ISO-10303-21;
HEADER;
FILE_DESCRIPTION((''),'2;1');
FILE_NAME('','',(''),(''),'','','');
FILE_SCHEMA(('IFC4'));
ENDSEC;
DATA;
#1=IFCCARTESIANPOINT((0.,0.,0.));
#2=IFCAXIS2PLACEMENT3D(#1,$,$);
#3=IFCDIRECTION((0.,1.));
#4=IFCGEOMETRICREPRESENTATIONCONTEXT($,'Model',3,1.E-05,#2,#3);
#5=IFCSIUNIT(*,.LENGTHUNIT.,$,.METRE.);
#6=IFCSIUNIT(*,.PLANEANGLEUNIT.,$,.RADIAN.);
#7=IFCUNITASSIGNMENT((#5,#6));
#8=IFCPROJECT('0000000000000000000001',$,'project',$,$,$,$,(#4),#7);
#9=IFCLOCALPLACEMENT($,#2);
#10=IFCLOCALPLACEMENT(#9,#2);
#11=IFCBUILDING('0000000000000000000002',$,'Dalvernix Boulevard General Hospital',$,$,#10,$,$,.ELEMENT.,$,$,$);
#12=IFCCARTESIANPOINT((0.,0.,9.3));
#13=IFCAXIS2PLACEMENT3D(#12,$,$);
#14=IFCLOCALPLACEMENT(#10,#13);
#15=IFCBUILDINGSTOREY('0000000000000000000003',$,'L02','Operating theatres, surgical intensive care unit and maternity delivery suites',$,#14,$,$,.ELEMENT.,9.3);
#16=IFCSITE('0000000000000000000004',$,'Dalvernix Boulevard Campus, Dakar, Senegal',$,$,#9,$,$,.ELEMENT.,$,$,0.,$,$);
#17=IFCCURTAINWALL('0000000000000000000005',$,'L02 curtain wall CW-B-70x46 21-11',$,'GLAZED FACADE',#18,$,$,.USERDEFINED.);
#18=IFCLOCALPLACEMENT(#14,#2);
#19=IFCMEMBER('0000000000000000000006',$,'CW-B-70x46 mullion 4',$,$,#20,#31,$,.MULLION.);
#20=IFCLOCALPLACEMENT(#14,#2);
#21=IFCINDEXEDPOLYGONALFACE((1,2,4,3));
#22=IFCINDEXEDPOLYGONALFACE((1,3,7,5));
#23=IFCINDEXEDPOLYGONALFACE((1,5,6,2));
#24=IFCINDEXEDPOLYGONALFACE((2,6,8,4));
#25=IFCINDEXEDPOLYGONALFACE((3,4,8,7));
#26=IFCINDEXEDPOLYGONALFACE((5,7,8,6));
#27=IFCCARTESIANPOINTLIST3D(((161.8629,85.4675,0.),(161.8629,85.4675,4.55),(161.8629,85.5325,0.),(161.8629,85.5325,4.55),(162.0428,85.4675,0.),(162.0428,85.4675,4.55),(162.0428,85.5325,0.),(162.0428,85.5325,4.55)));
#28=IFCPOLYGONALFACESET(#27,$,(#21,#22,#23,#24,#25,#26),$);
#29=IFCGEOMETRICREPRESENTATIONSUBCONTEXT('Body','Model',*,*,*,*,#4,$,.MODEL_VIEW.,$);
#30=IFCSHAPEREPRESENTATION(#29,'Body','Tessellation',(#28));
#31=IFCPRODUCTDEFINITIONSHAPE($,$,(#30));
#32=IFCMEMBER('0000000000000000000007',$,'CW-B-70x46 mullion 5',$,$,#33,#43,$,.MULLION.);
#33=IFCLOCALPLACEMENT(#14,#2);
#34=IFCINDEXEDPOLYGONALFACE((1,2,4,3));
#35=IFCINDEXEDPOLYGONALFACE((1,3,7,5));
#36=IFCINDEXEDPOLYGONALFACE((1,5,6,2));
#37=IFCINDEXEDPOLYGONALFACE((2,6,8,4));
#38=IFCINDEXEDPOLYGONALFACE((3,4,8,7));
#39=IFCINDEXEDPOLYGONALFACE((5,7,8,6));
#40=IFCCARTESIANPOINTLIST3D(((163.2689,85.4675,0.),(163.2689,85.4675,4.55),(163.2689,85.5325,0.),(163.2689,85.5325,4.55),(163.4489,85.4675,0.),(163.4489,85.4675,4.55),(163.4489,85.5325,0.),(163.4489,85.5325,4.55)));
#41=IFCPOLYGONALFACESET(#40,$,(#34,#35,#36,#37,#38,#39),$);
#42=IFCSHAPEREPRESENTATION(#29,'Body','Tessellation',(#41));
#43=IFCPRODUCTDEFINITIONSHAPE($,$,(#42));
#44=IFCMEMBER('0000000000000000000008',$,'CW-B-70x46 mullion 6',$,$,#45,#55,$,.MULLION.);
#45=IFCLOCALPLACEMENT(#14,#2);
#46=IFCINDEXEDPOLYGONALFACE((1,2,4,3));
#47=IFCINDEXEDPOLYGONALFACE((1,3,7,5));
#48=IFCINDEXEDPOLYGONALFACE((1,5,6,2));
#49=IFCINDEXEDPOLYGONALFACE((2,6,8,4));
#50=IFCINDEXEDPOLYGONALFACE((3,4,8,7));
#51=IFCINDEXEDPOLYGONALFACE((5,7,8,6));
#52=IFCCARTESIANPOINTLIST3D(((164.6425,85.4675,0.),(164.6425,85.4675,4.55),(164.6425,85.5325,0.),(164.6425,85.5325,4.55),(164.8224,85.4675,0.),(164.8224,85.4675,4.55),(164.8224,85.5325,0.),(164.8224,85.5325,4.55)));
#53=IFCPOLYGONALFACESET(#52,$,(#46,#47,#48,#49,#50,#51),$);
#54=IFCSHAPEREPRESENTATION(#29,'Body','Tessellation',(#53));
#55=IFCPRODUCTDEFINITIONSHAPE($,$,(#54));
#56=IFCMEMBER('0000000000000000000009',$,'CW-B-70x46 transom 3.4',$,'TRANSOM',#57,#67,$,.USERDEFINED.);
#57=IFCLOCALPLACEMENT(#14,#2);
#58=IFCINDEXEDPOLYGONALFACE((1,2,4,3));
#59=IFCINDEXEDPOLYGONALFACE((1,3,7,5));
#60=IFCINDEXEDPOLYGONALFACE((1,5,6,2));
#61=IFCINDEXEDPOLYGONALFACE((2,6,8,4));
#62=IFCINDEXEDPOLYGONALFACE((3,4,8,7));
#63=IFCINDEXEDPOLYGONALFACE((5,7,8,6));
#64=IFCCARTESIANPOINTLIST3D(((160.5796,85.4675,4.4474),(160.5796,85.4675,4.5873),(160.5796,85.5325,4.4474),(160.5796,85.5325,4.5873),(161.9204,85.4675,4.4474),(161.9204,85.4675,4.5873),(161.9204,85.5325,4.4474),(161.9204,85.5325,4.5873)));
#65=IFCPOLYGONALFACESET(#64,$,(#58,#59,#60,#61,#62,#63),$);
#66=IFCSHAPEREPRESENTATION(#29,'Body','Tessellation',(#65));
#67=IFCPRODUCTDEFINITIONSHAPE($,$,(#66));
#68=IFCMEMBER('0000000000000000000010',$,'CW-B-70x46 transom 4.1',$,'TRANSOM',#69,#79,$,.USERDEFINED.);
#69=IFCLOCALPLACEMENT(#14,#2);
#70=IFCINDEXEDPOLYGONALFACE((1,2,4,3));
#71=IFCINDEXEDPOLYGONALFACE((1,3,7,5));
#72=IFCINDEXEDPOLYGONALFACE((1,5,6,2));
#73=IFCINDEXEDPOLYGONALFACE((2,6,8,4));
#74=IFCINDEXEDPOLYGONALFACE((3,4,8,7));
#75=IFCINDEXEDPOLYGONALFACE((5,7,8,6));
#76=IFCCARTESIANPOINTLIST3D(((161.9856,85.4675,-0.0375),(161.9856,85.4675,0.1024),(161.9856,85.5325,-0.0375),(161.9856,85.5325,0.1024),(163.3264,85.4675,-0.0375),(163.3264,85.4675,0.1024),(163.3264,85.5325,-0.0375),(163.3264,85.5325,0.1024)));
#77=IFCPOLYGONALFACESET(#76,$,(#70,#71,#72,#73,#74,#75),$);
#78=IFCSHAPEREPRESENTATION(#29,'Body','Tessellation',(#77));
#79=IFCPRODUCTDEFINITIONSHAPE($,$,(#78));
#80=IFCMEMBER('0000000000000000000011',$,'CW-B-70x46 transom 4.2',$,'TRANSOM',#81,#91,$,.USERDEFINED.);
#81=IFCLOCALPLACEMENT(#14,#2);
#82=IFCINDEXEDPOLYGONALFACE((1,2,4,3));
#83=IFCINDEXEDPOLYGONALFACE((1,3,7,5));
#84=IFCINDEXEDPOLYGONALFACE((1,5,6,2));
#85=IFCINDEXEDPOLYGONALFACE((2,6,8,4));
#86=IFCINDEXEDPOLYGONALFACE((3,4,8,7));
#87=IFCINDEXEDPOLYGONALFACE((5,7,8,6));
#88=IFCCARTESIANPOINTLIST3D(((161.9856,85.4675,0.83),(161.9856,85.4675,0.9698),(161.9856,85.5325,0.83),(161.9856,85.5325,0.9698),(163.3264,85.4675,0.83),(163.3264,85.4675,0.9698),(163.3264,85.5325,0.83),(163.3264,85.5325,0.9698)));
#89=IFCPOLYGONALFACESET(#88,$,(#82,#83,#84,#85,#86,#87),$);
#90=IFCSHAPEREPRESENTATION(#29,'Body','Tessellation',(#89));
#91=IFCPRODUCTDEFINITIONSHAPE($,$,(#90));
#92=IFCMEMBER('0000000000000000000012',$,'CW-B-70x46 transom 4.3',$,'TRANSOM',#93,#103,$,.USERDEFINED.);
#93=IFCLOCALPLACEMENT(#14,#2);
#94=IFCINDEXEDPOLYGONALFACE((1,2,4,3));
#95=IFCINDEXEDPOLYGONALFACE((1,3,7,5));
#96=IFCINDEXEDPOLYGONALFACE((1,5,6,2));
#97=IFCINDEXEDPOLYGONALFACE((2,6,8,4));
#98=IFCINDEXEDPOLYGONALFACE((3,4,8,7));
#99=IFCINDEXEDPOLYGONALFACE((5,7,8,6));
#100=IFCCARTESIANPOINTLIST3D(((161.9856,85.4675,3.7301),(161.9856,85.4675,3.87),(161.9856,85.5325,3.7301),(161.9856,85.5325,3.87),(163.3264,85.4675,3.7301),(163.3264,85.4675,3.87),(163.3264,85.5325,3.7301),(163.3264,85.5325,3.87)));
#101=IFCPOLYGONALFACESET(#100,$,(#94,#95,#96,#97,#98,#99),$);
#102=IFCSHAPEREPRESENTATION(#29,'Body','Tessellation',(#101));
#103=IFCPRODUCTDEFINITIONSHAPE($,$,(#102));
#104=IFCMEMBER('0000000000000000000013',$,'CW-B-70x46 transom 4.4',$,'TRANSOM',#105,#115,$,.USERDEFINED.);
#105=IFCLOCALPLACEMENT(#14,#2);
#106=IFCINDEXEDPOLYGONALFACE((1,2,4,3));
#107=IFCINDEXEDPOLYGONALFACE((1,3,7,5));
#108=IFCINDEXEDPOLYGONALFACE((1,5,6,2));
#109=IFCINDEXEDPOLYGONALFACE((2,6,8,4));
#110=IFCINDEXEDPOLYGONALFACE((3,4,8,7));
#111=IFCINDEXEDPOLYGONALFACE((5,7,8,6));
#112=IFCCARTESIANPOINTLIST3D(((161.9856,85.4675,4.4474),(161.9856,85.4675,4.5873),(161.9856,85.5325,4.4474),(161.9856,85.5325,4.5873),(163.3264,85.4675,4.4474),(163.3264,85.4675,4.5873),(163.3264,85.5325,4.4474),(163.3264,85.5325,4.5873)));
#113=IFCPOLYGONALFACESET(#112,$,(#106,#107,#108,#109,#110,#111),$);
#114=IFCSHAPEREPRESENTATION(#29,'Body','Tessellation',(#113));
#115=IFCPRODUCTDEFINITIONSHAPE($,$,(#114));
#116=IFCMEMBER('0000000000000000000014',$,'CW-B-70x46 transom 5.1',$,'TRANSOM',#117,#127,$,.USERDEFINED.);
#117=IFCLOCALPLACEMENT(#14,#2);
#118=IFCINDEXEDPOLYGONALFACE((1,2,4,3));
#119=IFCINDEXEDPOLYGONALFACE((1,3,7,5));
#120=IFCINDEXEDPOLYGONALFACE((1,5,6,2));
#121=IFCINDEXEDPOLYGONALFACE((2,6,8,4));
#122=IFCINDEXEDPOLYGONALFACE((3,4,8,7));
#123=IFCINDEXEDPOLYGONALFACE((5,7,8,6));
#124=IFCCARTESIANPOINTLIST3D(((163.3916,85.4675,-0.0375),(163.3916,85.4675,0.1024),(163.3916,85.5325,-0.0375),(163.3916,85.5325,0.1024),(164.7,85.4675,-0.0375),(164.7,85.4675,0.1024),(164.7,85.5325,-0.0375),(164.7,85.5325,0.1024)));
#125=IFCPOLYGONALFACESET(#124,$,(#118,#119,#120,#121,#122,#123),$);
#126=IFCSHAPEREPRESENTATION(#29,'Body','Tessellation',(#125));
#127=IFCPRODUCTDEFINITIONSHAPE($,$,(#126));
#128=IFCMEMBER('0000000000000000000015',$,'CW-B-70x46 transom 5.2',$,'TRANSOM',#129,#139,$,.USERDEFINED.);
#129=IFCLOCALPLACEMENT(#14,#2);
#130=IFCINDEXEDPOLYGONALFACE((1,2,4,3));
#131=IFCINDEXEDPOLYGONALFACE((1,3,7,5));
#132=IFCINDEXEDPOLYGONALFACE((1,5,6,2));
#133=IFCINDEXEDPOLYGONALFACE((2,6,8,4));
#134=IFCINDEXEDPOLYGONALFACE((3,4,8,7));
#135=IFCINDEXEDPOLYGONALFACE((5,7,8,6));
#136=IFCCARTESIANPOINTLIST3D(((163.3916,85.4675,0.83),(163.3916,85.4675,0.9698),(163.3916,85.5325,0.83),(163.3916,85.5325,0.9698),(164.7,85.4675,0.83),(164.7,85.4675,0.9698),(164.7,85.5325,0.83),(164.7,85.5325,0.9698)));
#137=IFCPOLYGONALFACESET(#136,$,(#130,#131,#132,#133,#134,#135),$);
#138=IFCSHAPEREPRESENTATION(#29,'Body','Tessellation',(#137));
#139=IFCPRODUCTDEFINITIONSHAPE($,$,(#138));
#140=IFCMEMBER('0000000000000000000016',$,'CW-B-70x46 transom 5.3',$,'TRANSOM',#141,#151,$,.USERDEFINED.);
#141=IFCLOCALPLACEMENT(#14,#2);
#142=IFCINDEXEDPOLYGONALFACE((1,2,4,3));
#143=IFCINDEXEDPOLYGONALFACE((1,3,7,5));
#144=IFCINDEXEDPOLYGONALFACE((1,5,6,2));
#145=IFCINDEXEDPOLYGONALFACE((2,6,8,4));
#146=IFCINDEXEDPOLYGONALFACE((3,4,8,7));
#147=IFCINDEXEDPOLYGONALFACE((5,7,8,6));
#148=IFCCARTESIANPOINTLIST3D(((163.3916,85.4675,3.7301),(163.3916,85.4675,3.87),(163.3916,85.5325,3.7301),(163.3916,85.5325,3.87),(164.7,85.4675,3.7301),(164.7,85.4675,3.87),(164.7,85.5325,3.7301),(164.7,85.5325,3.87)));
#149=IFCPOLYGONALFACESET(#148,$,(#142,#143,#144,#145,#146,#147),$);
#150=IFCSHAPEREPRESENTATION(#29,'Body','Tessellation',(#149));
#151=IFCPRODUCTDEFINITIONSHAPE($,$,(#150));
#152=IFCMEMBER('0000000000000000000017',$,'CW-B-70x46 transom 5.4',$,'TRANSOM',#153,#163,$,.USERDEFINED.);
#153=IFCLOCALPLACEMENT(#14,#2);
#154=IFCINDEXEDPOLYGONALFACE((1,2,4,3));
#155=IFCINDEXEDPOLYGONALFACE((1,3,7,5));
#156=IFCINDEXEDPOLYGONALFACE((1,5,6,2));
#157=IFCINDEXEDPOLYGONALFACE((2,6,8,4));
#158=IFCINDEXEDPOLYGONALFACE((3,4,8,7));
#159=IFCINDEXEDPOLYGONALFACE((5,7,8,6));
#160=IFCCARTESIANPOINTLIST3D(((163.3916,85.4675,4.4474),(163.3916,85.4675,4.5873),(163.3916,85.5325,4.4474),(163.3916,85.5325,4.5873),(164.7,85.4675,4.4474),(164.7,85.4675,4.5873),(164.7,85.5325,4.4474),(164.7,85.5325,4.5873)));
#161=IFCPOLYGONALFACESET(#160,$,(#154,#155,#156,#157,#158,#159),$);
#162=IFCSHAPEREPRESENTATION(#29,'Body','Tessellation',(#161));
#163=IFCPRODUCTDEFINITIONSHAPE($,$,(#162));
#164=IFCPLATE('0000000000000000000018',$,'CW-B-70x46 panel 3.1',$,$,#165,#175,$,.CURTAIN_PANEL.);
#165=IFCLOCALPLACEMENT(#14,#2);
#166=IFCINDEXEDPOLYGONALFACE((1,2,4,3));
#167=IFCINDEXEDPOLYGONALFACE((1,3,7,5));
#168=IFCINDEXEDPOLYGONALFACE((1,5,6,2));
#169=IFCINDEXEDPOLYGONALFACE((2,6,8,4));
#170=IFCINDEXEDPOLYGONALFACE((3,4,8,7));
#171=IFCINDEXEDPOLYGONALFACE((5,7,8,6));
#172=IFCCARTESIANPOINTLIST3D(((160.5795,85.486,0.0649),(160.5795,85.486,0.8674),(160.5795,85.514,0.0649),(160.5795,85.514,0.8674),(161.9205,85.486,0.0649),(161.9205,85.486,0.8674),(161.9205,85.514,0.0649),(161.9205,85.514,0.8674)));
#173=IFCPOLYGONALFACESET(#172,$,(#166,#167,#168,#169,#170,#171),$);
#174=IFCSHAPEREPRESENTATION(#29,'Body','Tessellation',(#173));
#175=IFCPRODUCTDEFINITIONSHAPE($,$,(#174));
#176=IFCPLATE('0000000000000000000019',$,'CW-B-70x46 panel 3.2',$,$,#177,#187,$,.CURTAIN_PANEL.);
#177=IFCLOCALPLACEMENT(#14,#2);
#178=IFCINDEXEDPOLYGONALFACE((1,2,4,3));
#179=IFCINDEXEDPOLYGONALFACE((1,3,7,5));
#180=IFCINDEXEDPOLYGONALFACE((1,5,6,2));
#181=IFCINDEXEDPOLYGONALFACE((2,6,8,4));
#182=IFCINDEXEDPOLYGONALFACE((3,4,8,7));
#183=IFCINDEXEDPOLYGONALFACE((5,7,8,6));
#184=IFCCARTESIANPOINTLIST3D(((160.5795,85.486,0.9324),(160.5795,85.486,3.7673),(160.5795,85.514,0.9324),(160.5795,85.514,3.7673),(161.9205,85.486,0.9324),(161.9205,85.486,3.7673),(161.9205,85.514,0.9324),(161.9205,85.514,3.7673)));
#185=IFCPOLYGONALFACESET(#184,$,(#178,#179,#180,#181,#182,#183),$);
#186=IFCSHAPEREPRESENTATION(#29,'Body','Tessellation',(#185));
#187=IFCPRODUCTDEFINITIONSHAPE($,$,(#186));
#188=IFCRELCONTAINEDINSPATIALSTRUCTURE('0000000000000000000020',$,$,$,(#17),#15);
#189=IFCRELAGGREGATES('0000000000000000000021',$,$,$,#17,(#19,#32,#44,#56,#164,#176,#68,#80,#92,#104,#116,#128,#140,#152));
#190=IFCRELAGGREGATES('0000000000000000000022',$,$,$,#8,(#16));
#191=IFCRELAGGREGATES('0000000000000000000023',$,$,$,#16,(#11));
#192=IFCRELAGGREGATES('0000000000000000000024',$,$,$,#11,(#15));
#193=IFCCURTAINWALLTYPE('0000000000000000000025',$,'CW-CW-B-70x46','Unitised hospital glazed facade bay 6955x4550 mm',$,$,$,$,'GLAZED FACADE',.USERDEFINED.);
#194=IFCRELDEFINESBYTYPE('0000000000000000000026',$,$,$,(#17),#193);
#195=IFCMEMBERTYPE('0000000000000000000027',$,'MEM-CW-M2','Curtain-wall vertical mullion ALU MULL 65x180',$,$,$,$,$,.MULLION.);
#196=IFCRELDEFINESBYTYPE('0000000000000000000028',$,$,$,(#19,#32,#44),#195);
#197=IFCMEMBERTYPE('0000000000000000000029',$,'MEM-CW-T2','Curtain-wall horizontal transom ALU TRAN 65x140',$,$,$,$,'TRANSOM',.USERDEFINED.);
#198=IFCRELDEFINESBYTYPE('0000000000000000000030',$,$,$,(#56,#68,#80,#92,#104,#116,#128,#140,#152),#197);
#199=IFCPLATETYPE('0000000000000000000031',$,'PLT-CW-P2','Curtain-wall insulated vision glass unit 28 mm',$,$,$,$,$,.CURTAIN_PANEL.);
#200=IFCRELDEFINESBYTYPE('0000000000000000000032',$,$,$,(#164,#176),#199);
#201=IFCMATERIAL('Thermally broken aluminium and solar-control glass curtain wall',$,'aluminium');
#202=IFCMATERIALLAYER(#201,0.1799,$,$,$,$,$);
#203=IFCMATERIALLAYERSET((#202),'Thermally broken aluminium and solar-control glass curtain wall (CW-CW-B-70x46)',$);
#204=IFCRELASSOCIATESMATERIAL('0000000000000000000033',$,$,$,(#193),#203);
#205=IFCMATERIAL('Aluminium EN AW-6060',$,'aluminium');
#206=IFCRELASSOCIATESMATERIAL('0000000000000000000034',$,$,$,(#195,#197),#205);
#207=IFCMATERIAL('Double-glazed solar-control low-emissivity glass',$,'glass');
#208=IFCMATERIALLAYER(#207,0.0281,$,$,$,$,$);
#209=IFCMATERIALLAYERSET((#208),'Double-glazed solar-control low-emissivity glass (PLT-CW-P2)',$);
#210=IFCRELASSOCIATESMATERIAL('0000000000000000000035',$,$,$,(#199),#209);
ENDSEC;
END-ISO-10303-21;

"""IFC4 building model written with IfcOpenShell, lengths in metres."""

from ifc_helpers import new_model, si_unit, direction, frame, origin, origin_2d, place, context, subcontext, project, spatial, rectangle, extrude, material, layer, layer_set, material_profile, profile_set, type_object, element, aggregate, save


model = new_model("IFC4")

# Units and contexts
model_context = context("Model", 3, precision=1e-05, world=origin(), true_north=direction((0.0, 1.0)))
body_context = subcontext(model_context, "Body", "Model", "MODEL_VIEW")
ifc_project = project(units=[si_unit("LENGTHUNIT", "METRE"), si_unit("PLANEANGLEUNIT", "RADIAN")], contexts=[model_context])

# Site, building, storey
site_placement = place(None, origin())
site = spatial("IfcSite", under=ifc_project, at=site_placement, Name="Dalvernix Boulevard Campus, Dakar, Senegal", CompositionType="ELEMENT", RefElevation=0.0)
building_placement = place(site_placement, origin())
building = spatial("IfcBuilding", under=site, at=building_placement, Name="Dalvernix Boulevard General Hospital", CompositionType="ELEMENT")
storey_placement = place(building_placement, frame((0.0, 0.0, 9.3)))
storey = spatial("IfcBuildingStorey", under=building, at=storey_placement, Name="L02", Description="Operating theatres, surgical intensive care unit and maternity delivery suites", CompositionType="ELEMENT", Elevation=9.3)

# Curtain wall, members, plates
ifc_material_1 = material(Name="Thermally broken aluminium and solar-control glass curtain wall", Category="aluminium")
ifc_layer_1 = layer(ifc_material_1, 0.1799)
ifc_layer_set_1 = layer_set([ifc_layer_1], Name="Thermally broken aluminium and solar-control glass curtain wall (CW-CW-B-70x46)")
curtain_wall_type = type_object("IfcCurtainWallType", Name="CW-CW-B-70x46", Description="Unitised hospital glazed facade bay 6955x4550 mm", ElementType="GLAZED FACADE", PredefinedType="USERDEFINED", material=ifc_layer_set_1)
curtain_wall_placement = place(storey_placement, origin())
curtain_wall = element("IfcCurtainWall", 1, at=curtain_wall_placement, inside=storey, type_object=curtain_wall_type, Name="L02 curtain wall CW-B-70x46 21-11", ObjectType="GLAZED FACADE", PredefinedType="USERDEFINED")
ifc_material_2 = material(Name="Aluminium EN AW-6060", Category="aluminium")
ifc_material_profile_1 = material_profile(ifc_material_2, rectangle(XDim=0.0649, YDim=0.1799, at=origin_2d()), Name="ALU MULL 65x180")
ifc_profile_set_1 = profile_set([ifc_material_profile_1], Name="Aluminium EN AW-6060")
member_type_1 = type_object("IfcMemberType", Name="MEM-CW-M2", Description="Curtain-wall vertical mullion ALU MULL 65x180", PredefinedType="MULLION", material=ifc_profile_set_1)
member_1_placement = place(storey_placement, frame((161.9529, 85.5, 0.0), z_axis=(0.0, 0.0, 1.0), x_axis=(0.0, 1.0, 0.0)))
member_1 = element("IfcMember", 2, at=member_1_placement, type_object=member_type_1, Name="CW-B-70x46 mullion 4", PredefinedType="MULLION", context=body_context, shape_type="SweptSolid", body=[
    extrude(rectangle(XDim=0.0649, YDim=0.1799, at=origin_2d()), origin(), (0.0, 0.0, 1.0), 4.55),
])
member_2_placement = place(storey_placement, frame((163.3589, 85.5, 0.0), z_axis=(0.0, 0.0, 1.0), x_axis=(0.0, 1.0, 0.0)))
member_2 = element("IfcMember", 3, at=member_2_placement, type_object=member_type_1, Name="CW-B-70x46 mullion 5", PredefinedType="MULLION", context=body_context, shape_type="SweptSolid", body=[
    extrude(rectangle(XDim=0.0649, YDim=0.1799, at=origin_2d()), origin(), (0.0, 0.0, 1.0), 4.55),
])
member_3_placement = place(storey_placement, frame((164.7324, 85.5, 0.0), z_axis=(0.0, 0.0, 1.0), x_axis=(0.0, 1.0, 0.0)))
member_3 = element("IfcMember", 4, at=member_3_placement, type_object=member_type_1, Name="CW-B-70x46 mullion 6", PredefinedType="MULLION", context=body_context, shape_type="SweptSolid", body=[
    extrude(rectangle(XDim=0.0649, YDim=0.1799, at=origin_2d()), origin(), (0.0, 0.0, 1.0), 4.55),
])
ifc_material_profile_2 = material_profile(ifc_material_2, rectangle(XDim=0.0649, YDim=0.1399, at=origin_2d()), Name="ALU TRAN 65x140")
ifc_profile_set_2 = profile_set([ifc_material_profile_2], Name="Aluminium EN AW-6060")
member_type_2 = type_object("IfcMemberType", Name="MEM-CW-T2", Description="Curtain-wall horizontal transom ALU TRAN 65x140", ElementType="TRANSOM", PredefinedType="USERDEFINED", material=ifc_profile_set_2)
member_4_placement = place(storey_placement, frame((160.5796, 85.5, 4.5173), z_axis=(1.0, 0.0, 0.0), x_axis=(0.0, 1.0, 0.0)))
member_4 = element("IfcMember", 5, at=member_4_placement, type_object=member_type_2, Name="CW-B-70x46 transom 3.4", ObjectType="TRANSOM", PredefinedType="USERDEFINED", context=body_context, shape_type="SweptSolid", body=[
    extrude(rectangle(XDim=0.0649, YDim=0.1399, at=origin_2d()), origin(), (0.0, 0.0, 1.0), 1.3408),
])
member_5_placement = place(storey_placement, frame((161.9856, 85.5, 0.0325), z_axis=(1.0, 0.0, 0.0), x_axis=(0.0, 1.0, 0.0)))
member_5 = element("IfcMember", 6, at=member_5_placement, type_object=member_type_2, Name="CW-B-70x46 transom 4.1", ObjectType="TRANSOM", PredefinedType="USERDEFINED", context=body_context, shape_type="SweptSolid", body=[
    extrude(rectangle(XDim=0.0649, YDim=0.1399, at=origin_2d()), origin(), (0.0, 0.0, 1.0), 1.3408),
])
member_6_placement = place(storey_placement, frame((161.9856, 85.5, 0.8999), z_axis=(1.0, 0.0, 0.0), x_axis=(0.0, 1.0, 0.0)))
member_6 = element("IfcMember", 7, at=member_6_placement, type_object=member_type_2, Name="CW-B-70x46 transom 4.2", ObjectType="TRANSOM", PredefinedType="USERDEFINED", context=body_context, shape_type="SweptSolid", body=[
    extrude(rectangle(XDim=0.0649, YDim=0.1399, at=origin_2d()), origin(), (0.0, 0.0, 1.0), 1.3408),
])
member_7_placement = place(storey_placement, frame((161.9856, 85.5, 3.8), z_axis=(1.0, 0.0, 0.0), x_axis=(0.0, 1.0, 0.0)))
member_7 = element("IfcMember", 8, at=member_7_placement, type_object=member_type_2, Name="CW-B-70x46 transom 4.3", ObjectType="TRANSOM", PredefinedType="USERDEFINED", context=body_context, shape_type="SweptSolid", body=[
    extrude(rectangle(XDim=0.0649, YDim=0.1399, at=origin_2d()), origin(), (0.0, 0.0, 1.0), 1.3408),
])
member_8_placement = place(storey_placement, frame((161.9856, 85.5, 4.5173), z_axis=(1.0, 0.0, 0.0), x_axis=(0.0, 1.0, 0.0)))
member_8 = element("IfcMember", 9, at=member_8_placement, type_object=member_type_2, Name="CW-B-70x46 transom 4.4", ObjectType="TRANSOM", PredefinedType="USERDEFINED", context=body_context, shape_type="SweptSolid", body=[
    extrude(rectangle(XDim=0.0649, YDim=0.1399, at=origin_2d()), origin(), (0.0, 0.0, 1.0), 1.3408),
])
member_9_placement = place(storey_placement, frame((163.3916, 85.5, 0.0325), z_axis=(1.0, 0.0, 0.0), x_axis=(0.0, 1.0, 0.0)))
member_9 = element("IfcMember", 10, at=member_9_placement, type_object=member_type_2, Name="CW-B-70x46 transom 5.1", ObjectType="TRANSOM", PredefinedType="USERDEFINED", context=body_context, shape_type="SweptSolid", body=[
    extrude(rectangle(XDim=0.0649, YDim=0.1399, at=origin_2d()), origin(), (0.0, 0.0, 1.0), 1.3083),
])
member_10_placement = place(storey_placement, frame((163.3916, 85.5, 0.8999), z_axis=(1.0, 0.0, 0.0), x_axis=(0.0, 1.0, 0.0)))
member_10 = element("IfcMember", 11, at=member_10_placement, type_object=member_type_2, Name="CW-B-70x46 transom 5.2", ObjectType="TRANSOM", PredefinedType="USERDEFINED", context=body_context, shape_type="SweptSolid", body=[
    extrude(rectangle(XDim=0.0649, YDim=0.1399, at=origin_2d()), origin(), (0.0, 0.0, 1.0), 1.3083),
])
member_11_placement = place(storey_placement, frame((163.3916, 85.5, 3.8), z_axis=(1.0, 0.0, 0.0), x_axis=(0.0, 1.0, 0.0)))
member_11 = element("IfcMember", 12, at=member_11_placement, type_object=member_type_2, Name="CW-B-70x46 transom 5.3", ObjectType="TRANSOM", PredefinedType="USERDEFINED", context=body_context, shape_type="SweptSolid", body=[
    extrude(rectangle(XDim=0.0649, YDim=0.1399, at=origin_2d()), origin(), (0.0, 0.0, 1.0), 1.3083),
])
member_12_placement = place(storey_placement, frame((163.3916, 85.5, 4.5173), z_axis=(1.0, 0.0, 0.0), x_axis=(0.0, 1.0, 0.0)))
member_12 = element("IfcMember", 13, at=member_12_placement, type_object=member_type_2, Name="CW-B-70x46 transom 5.4", ObjectType="TRANSOM", PredefinedType="USERDEFINED", context=body_context, shape_type="SweptSolid", body=[
    extrude(rectangle(XDim=0.0649, YDim=0.1399, at=origin_2d()), origin(), (0.0, 0.0, 1.0), 1.3083),
])
ifc_material_3 = material(Name="Double-glazed solar-control low-emissivity glass", Category="glass")
ifc_layer_2 = layer(ifc_material_3, 0.0281)
ifc_layer_set_2 = layer_set([ifc_layer_2], Name="Double-glazed solar-control low-emissivity glass (PLT-CW-P2)")
plate_type = type_object("IfcPlateType", Name="PLT-CW-P2", Description="Curtain-wall insulated vision glass unit 28 mm", PredefinedType="CURTAIN_PANEL", material=ifc_layer_set_2)
plate_1_placement = place(storey_placement, frame((161.25, 85.5, 0.0649), z_axis=(0.0, 0.0, 1.0), x_axis=(1.0, 0.0, 0.0)))
plate_1 = element("IfcPlate", 14, at=plate_1_placement, type_object=plate_type, Name="CW-B-70x46 panel 3.1", PredefinedType="CURTAIN_PANEL", context=body_context, shape_type="SweptSolid", body=[
    extrude(rectangle(XDim=1.3411, YDim=0.0281, at=origin_2d()), origin(), (0.0, 0.0, 1.0), 0.8025),
])
plate_2_placement = place(storey_placement, frame((161.25, 85.5, 0.9324), z_axis=(0.0, 0.0, 1.0), x_axis=(1.0, 0.0, 0.0)))
plate_2 = element("IfcPlate", 15, at=plate_2_placement, type_object=plate_type, Name="CW-B-70x46 panel 3.2", PredefinedType="CURTAIN_PANEL", context=body_context, shape_type="SweptSolid", body=[
    extrude(rectangle(XDim=1.3411, YDim=0.0281, at=origin_2d()), origin(), (0.0, 0.0, 1.0), 2.835),
])
aggregate(curtain_wall, [member_1, member_2, member_3, member_4, plate_1, plate_2, member_5, member_6, member_7, member_8, member_9, member_10, member_11, member_12])

save(model, "model.ifc")
